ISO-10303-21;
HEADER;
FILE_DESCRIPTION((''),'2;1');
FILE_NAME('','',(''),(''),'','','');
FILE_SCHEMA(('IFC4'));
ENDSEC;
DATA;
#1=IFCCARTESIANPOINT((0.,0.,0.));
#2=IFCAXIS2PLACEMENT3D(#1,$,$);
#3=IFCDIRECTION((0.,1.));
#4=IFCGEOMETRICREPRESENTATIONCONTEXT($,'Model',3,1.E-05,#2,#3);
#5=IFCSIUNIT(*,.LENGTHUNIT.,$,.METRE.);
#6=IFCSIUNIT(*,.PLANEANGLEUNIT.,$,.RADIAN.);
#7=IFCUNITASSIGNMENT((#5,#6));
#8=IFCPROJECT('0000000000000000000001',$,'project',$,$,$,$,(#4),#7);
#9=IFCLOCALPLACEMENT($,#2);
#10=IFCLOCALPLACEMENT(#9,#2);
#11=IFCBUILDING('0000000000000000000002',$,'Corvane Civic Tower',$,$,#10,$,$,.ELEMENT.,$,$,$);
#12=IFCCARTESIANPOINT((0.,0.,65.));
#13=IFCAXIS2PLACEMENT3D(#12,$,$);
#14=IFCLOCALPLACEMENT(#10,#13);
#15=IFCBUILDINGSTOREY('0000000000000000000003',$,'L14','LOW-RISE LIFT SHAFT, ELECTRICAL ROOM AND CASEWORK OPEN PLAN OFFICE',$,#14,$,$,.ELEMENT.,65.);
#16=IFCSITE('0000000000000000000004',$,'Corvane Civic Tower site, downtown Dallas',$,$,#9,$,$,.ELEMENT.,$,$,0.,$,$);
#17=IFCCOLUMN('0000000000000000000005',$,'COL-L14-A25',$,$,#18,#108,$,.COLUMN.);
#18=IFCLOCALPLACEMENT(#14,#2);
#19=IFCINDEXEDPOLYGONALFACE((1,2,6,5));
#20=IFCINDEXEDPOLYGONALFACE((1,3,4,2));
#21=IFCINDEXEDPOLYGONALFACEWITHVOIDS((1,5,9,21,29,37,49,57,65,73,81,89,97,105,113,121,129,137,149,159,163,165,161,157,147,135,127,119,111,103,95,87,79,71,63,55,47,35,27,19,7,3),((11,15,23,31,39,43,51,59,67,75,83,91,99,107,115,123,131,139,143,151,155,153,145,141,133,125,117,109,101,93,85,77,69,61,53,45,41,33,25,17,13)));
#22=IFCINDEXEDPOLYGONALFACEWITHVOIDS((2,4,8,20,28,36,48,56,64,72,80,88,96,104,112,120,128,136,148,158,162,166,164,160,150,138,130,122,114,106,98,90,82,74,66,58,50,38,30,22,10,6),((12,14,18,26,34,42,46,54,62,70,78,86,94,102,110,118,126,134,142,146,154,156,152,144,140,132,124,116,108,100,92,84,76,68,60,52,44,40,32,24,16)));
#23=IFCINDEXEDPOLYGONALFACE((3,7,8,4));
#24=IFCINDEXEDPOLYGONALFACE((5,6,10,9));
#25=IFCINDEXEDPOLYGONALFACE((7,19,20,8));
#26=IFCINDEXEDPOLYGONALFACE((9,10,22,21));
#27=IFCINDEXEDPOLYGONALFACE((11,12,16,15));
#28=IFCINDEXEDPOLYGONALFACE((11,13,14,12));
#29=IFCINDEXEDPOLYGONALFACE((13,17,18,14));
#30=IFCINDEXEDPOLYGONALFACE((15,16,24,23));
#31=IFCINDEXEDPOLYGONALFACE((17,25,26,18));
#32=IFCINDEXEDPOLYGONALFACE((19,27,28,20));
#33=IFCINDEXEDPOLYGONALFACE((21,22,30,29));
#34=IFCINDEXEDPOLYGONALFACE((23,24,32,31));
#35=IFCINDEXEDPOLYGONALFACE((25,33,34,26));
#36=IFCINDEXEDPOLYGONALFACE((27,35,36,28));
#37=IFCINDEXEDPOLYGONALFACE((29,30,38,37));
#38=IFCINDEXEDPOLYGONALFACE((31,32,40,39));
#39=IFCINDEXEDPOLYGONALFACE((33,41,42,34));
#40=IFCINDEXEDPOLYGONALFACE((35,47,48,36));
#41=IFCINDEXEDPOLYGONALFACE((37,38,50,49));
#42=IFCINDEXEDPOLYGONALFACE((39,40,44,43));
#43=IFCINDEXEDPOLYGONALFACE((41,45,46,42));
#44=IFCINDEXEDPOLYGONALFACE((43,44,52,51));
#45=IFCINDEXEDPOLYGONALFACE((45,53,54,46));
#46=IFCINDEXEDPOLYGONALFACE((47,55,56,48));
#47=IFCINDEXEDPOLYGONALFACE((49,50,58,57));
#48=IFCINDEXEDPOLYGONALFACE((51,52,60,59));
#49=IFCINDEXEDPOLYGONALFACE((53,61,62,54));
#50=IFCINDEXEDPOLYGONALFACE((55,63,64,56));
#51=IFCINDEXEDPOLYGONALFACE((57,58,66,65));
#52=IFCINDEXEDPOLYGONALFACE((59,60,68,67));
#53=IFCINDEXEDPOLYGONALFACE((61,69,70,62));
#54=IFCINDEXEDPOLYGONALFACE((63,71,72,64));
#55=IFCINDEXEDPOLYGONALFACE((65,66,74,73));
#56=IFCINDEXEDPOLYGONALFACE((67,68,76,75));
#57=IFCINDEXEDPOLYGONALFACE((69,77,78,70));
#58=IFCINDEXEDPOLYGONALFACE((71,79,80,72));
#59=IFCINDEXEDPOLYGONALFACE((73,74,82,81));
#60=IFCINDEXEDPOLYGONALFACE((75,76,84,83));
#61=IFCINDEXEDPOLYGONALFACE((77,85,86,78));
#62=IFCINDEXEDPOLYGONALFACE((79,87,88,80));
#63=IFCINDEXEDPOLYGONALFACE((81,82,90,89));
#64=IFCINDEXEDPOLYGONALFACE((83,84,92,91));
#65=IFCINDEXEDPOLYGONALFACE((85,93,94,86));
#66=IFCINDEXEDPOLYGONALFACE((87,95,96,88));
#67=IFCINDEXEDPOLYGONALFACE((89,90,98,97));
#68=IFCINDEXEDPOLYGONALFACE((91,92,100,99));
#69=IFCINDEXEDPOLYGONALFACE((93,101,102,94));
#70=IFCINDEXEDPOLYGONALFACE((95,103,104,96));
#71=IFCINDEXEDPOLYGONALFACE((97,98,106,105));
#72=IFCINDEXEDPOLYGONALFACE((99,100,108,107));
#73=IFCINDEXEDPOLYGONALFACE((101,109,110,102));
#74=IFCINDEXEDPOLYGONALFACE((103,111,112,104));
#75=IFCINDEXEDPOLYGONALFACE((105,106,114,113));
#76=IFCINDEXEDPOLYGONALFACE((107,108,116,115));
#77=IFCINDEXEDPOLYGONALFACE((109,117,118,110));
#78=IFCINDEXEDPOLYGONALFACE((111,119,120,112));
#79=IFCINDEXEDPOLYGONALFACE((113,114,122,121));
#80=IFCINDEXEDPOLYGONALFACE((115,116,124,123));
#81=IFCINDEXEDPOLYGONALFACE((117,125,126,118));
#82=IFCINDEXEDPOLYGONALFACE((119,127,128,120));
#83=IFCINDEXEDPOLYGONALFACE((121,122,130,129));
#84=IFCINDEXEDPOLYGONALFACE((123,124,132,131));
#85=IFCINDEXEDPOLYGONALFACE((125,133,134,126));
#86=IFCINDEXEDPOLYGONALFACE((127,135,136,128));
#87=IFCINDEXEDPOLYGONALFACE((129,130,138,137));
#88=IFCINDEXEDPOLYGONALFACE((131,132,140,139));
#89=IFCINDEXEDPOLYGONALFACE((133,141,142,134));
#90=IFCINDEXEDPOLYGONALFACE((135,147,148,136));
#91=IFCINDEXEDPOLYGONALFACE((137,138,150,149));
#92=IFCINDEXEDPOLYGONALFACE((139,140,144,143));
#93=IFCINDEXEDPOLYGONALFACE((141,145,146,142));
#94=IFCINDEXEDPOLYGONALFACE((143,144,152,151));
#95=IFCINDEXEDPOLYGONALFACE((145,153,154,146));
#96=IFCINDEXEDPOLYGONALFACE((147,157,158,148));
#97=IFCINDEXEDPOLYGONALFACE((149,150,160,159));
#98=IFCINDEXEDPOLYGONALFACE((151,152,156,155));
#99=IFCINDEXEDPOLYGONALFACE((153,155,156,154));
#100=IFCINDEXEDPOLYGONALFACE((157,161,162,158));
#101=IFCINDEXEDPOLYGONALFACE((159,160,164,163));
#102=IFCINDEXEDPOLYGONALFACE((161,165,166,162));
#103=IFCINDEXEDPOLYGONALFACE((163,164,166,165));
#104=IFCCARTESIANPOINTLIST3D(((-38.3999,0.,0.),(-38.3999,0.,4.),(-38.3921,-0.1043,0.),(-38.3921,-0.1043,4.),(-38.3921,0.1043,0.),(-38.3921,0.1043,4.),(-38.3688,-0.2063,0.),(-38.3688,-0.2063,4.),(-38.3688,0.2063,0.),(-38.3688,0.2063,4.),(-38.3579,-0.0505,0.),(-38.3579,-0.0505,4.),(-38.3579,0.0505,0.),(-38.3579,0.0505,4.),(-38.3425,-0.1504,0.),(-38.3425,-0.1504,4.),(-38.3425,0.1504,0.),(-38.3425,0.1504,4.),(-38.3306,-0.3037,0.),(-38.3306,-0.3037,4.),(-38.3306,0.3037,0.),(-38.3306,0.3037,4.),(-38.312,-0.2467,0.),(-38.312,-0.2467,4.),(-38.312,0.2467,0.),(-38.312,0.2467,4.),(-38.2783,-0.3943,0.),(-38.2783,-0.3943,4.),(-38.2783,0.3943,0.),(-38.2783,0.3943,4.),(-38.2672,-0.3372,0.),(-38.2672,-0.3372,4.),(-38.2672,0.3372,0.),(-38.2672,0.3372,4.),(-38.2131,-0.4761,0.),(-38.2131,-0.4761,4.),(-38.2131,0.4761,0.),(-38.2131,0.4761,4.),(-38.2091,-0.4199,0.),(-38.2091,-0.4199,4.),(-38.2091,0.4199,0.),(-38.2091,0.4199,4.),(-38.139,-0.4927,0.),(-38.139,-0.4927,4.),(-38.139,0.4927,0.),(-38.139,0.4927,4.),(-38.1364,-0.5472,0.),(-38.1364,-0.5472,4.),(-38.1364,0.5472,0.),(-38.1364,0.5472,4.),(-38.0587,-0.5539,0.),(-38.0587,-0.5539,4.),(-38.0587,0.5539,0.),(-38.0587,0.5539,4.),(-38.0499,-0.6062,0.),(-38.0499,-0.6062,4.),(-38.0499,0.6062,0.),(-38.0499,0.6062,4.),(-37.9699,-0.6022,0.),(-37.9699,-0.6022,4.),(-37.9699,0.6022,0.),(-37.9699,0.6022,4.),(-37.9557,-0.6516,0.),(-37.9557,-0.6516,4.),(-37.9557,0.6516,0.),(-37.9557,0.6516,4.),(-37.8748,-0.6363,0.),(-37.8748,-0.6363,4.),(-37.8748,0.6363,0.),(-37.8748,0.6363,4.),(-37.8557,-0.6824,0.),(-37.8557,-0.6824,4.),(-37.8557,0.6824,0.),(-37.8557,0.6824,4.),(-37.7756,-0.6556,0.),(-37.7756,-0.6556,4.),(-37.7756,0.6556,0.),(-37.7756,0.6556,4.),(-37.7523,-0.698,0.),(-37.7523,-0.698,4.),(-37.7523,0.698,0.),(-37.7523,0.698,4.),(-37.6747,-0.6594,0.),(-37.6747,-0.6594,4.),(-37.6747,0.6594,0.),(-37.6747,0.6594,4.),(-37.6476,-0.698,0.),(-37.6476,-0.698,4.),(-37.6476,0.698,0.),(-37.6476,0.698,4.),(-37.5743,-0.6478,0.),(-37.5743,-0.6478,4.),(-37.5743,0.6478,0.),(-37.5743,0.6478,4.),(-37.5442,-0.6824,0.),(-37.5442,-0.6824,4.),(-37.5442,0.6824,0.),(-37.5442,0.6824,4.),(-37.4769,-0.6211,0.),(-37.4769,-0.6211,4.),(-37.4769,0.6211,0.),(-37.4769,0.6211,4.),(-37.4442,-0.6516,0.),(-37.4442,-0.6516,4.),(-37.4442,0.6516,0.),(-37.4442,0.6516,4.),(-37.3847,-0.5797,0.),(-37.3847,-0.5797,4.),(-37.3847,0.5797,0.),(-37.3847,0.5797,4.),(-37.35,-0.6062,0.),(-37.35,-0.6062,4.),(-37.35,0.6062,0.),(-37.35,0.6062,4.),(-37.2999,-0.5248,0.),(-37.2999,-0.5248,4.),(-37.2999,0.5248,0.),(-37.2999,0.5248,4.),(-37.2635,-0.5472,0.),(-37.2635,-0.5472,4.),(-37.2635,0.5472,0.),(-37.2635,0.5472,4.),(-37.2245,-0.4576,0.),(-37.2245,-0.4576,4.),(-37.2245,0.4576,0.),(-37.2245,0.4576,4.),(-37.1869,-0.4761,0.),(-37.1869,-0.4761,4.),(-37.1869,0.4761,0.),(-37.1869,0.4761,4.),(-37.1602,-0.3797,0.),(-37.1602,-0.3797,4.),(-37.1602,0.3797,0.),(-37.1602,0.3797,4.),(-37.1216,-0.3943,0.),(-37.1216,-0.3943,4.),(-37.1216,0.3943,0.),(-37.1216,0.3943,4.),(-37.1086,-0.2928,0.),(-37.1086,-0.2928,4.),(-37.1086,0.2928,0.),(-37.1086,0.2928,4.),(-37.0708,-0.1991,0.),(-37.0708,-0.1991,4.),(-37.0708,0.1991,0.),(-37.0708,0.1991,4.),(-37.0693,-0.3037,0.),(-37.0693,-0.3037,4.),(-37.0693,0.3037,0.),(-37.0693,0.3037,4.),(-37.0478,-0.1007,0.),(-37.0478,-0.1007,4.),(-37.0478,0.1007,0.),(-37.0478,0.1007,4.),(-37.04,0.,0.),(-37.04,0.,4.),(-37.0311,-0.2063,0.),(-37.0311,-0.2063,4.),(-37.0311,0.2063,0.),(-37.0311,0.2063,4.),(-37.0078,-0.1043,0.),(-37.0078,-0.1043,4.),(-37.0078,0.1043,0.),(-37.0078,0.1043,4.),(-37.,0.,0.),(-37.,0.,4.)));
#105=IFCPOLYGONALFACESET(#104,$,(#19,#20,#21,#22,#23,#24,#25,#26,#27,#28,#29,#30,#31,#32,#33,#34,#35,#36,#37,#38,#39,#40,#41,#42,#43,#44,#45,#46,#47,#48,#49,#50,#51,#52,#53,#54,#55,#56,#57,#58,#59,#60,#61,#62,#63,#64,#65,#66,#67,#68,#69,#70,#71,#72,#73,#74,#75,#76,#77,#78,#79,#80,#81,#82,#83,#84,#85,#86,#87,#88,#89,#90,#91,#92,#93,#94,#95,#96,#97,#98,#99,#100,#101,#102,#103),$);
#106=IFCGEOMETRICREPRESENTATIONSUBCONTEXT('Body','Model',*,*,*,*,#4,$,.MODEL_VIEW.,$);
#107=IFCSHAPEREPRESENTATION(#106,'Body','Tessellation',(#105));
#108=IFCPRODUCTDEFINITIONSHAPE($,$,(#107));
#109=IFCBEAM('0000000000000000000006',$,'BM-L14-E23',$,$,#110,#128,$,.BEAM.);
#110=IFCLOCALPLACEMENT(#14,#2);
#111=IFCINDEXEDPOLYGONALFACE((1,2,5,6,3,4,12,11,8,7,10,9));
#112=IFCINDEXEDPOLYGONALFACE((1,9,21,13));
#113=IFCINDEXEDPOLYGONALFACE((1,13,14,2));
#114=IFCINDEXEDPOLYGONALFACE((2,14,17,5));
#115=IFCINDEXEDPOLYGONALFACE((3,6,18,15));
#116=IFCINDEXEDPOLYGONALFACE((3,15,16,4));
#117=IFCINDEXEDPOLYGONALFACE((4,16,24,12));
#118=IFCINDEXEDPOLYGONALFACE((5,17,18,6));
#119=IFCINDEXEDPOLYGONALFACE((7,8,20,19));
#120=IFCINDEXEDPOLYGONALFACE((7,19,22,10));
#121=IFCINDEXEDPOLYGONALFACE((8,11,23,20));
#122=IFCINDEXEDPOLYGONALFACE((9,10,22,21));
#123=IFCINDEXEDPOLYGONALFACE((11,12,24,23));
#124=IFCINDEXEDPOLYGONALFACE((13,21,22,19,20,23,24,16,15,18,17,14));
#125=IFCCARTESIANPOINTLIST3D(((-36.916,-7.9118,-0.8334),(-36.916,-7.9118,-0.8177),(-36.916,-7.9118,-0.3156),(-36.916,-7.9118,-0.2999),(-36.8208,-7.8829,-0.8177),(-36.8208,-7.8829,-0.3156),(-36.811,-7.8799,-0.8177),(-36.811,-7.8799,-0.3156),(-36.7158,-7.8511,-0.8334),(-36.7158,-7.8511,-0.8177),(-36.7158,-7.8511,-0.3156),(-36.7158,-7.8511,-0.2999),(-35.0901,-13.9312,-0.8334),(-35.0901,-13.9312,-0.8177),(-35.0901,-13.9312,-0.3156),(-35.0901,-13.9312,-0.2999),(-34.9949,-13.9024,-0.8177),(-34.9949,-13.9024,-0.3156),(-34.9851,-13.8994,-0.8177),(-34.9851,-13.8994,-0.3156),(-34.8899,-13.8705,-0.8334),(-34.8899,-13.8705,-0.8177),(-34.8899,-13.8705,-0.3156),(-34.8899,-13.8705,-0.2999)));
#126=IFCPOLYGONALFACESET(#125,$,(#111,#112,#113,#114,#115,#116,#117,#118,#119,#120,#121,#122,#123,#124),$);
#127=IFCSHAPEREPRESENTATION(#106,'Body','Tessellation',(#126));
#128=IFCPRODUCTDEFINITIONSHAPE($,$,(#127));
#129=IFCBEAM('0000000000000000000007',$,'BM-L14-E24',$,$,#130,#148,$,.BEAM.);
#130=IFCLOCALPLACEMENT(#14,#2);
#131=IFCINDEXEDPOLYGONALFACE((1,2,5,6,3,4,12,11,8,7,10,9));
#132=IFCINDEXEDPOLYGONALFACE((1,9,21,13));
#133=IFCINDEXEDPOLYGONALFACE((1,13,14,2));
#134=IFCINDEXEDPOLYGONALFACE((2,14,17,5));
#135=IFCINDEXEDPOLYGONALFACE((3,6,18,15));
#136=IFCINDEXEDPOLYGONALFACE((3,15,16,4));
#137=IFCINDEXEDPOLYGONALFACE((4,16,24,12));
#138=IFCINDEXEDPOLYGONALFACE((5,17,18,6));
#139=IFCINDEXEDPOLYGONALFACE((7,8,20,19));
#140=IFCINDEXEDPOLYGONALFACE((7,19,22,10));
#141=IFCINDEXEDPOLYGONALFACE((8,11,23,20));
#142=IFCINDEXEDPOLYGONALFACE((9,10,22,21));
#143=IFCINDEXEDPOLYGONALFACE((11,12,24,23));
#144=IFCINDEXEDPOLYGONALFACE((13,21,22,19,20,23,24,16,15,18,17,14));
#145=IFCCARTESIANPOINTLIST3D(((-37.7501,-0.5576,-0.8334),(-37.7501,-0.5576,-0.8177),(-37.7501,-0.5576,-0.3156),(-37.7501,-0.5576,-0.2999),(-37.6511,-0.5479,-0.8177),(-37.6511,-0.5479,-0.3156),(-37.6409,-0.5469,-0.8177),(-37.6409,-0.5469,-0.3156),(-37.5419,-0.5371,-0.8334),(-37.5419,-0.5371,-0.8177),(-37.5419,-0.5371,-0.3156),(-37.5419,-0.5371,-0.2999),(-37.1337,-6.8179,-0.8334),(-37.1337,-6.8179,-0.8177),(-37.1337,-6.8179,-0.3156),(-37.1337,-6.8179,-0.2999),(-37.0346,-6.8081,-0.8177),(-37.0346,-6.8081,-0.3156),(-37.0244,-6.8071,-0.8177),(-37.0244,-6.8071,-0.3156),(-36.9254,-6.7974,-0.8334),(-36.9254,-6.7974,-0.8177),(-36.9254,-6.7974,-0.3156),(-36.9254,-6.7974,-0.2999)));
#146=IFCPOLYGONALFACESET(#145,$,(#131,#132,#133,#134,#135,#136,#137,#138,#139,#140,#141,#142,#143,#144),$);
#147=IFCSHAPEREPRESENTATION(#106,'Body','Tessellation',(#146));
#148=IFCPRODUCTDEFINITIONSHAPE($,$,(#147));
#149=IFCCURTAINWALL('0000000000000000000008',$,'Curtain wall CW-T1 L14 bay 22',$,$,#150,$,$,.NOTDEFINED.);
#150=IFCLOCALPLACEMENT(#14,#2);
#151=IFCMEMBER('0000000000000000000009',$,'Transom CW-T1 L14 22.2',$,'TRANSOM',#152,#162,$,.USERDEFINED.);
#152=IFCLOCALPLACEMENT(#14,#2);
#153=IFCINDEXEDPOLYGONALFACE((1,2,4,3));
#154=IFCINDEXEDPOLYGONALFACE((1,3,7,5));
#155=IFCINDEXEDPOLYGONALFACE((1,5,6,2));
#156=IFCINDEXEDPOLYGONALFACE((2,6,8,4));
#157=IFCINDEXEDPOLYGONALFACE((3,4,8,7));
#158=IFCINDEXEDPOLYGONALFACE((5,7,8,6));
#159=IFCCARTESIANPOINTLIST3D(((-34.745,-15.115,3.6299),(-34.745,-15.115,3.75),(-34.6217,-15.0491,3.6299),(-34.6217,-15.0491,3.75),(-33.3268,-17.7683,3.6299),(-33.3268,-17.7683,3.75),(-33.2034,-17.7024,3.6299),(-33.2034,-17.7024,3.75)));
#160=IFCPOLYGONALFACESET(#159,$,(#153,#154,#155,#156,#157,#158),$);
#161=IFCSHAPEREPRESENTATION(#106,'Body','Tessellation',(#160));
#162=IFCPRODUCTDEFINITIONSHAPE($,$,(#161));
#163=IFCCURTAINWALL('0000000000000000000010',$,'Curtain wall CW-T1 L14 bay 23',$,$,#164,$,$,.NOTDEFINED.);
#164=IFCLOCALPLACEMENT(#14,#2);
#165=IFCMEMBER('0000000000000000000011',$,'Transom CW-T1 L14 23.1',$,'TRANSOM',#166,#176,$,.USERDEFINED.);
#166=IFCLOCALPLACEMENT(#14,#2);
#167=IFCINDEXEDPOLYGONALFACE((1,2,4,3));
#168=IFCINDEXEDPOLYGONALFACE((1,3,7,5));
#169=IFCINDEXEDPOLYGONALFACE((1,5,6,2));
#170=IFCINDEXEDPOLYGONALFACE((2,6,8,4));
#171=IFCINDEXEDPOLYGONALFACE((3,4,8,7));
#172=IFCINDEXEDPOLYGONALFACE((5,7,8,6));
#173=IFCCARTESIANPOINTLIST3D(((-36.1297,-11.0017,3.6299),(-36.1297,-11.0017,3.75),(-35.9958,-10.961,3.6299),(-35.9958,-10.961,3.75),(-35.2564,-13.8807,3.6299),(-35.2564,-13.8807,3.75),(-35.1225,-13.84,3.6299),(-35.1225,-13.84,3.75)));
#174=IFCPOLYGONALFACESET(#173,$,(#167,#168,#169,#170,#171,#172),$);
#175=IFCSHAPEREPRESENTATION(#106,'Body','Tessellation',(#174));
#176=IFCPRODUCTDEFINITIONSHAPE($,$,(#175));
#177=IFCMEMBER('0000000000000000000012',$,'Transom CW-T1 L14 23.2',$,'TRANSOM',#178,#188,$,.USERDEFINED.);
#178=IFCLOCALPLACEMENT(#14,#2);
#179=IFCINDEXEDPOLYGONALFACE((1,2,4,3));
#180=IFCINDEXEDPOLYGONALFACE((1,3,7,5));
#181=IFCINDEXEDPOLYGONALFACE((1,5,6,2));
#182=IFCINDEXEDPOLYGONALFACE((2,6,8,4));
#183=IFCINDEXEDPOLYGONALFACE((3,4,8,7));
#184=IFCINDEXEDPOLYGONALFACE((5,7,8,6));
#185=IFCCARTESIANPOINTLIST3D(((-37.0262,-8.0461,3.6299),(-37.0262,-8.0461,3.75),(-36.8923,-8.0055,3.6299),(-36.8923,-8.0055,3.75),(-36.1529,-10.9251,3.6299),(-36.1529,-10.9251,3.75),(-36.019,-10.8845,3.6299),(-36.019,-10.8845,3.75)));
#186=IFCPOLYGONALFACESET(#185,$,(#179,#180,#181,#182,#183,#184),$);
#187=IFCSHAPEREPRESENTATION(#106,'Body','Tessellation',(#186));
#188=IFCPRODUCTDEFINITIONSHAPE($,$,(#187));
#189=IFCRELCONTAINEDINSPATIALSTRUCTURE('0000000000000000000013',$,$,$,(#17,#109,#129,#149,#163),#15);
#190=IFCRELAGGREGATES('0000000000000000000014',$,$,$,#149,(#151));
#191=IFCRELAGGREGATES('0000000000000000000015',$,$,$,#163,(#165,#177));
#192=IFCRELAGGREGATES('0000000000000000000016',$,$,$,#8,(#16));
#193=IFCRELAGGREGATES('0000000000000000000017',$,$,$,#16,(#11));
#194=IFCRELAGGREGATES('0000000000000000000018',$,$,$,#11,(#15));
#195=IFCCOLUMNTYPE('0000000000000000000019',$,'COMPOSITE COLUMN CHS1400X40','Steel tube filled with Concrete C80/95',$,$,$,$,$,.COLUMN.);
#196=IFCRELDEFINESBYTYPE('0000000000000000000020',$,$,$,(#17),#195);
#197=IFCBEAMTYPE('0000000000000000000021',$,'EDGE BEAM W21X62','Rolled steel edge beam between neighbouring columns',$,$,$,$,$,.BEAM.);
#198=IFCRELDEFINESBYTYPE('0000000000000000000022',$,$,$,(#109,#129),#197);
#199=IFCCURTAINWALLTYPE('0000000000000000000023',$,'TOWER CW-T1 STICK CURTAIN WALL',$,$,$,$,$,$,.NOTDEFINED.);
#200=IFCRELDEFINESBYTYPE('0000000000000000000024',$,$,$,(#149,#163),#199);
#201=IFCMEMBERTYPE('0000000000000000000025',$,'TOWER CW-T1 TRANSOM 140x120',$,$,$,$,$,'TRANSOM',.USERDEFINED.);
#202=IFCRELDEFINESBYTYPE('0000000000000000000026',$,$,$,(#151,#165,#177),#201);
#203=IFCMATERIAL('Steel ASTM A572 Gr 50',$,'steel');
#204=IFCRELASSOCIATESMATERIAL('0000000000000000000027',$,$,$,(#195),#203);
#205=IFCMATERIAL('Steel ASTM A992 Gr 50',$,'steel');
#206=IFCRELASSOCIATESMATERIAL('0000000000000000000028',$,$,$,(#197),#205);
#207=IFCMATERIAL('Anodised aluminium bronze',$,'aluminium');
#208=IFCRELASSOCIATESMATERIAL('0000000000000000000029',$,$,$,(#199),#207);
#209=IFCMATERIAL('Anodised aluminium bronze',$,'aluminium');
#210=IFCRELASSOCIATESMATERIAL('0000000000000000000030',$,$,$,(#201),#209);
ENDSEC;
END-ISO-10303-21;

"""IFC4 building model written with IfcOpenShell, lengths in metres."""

from ifc_helpers import new_model, si_unit, direction, frame, origin, origin_2d, place, context, subcontext, project, spatial, rectangle, hollow_circle, i_section, extrude, material, material_profile, profile_set, type_object, element, aggregate, save


model = new_model("IFC4")

# Units and contexts
model_context = context("Model", 3, precision=1e-05, world=origin(), true_north=direction((0.0, 1.0)))
body_context = subcontext(model_context, "Body", "Model", "MODEL_VIEW")
ifc_project = project(units=[si_unit("LENGTHUNIT", "METRE"), si_unit("PLANEANGLEUNIT", "RADIAN")], contexts=[model_context])

# Site, building, storey
site_placement = place(None, origin())
site = spatial("IfcSite", under=ifc_project, at=site_placement, Name="Corvane Civic Tower site, downtown Dallas", CompositionType="ELEMENT", RefElevation=0.0)
building_placement = place(site_placement, origin())
building = spatial("IfcBuilding", under=site, at=building_placement, Name="Corvane Civic Tower", CompositionType="ELEMENT")
storey_placement = place(building_placement, frame((0.0, 0.0, 65.0)))
storey = spatial("IfcBuildingStorey", under=building, at=storey_placement, Name="L14", Description="LOW-RISE LIFT SHAFT, ELECTRICAL ROOM AND CASEWORK OPEN PLAN OFFICE", CompositionType="ELEMENT", Elevation=65.0)

# Column
ifc_material_1 = material(Name="Steel ASTM A572 Gr 50", Category="steel")
ifc_material_profile_1 = material_profile(ifc_material_1, hollow_circle(Radius=0.7, WallThickness=0.04, at=origin_2d()), Name="CHS1400X40")
ifc_profile_set_1 = profile_set([ifc_material_profile_1], Name="Steel ASTM A572 Gr 50")
column_type = type_object("IfcColumnType", Name="COMPOSITE COLUMN CHS1400X40", Description="Steel tube filled with Concrete C80/95", PredefinedType="COLUMN", material=ifc_profile_set_1)
for number, where, z_axis, x_axis, name in (
    (1, (-37.7, 0.0, 0.0), (0.0, 0.0, 1.0), (1.0, 0.0, 0.0), "COL-L14-A25"),
):
    element("IfcColumn", number, at=place(storey_placement, frame(where, z_axis=z_axis, x_axis=x_axis)), inside=storey, type_object=column_type, Name=name, PredefinedType="COLUMN", context=body_context, shape_type="SweptSolid", body=[
        extrude(hollow_circle(Radius=0.7, WallThickness=0.04, at=origin_2d()), origin(), (0.0, 0.0, 1.0), 4.0),
    ])

# Beams
ifc_material_2 = material(Name="Steel ASTM A992 Gr 50", Category="steel")
ifc_material_profile_2 = material_profile(ifc_material_2, i_section(OverallWidth=0.2092, OverallDepth=0.5334, WebThickness=0.0103, FlangeThickness=0.0156, at=origin_2d()), Name="W21X62")
ifc_profile_set_2 = profile_set([ifc_material_profile_2], Name="Steel ASTM A992 Gr 50")
beam_type = type_object("IfcBeamType", Name="EDGE BEAM W21X62", Description="Rolled steel edge beam between neighbouring columns", PredefinedType="BEAM", material=ifc_profile_set_2)
beam_1_placement = place(storey_placement, frame((-34.99, -13.9009, -0.5667), z_axis=(-0.290273, 0.956944, 0.0), x_axis=(-0.956944, -0.290273, 0.0)))
element("IfcBeam", 2, at=beam_1_placement, inside=storey, type_object=beam_type, Name="BM-L14-E23", PredefinedType="BEAM", context=body_context, shape_type="SweptSolid", body=[
    extrude(i_section(OverallWidth=0.2092, OverallDepth=0.5334, WebThickness=0.0103, FlangeThickness=0.0156, at=origin_2d()), origin(), (0.0, 0.0, 1.0), 6.2903),
])
beam_2_placement = place(storey_placement, frame((-37.0295, -6.8076, -0.5667), z_axis=(-0.097997, 0.995187, 0.0), x_axis=(-0.995187, -0.097997, 0.0)))
element("IfcBeam", 3, at=beam_2_placement, inside=storey, type_object=beam_type, Name="BM-L14-E24", PredefinedType="BEAM", context=body_context, shape_type="SweptSolid", body=[
    extrude(i_section(OverallWidth=0.2092, OverallDepth=0.5334, WebThickness=0.0103, FlangeThickness=0.0156, at=origin_2d()), origin(), (0.0, 0.0, 1.0), 6.2905),
])

# Curtain wall, member
ifc_material_3 = material(Name="Anodised aluminium bronze", Category="aluminium")
curtain_wall_type = type_object("IfcCurtainWallType", Name="TOWER CW-T1 STICK CURTAIN WALL", PredefinedType="NOTDEFINED", material=ifc_material_3)
curtain_wall_1_placement = place(storey_placement, origin())
curtain_wall_1 = element("IfcCurtainWall", 4, at=curtain_wall_1_placement, inside=storey, type_object=curtain_wall_type, Name="Curtain wall CW-T1 L14 bay 22", PredefinedType="NOTDEFINED")
ifc_material_4 = material(Name="Anodised aluminium bronze", Category="aluminium")
ifc_material_profile_3 = material_profile(ifc_material_4, rectangle(XDim=0.1399, YDim=0.1201, at=origin_2d()), Name="TOWER CW-T1 TRANSOM 140x120")
ifc_profile_set_3 = profile_set([ifc_material_profile_3], Name="Anodised aluminium bronze")
member_type_1 = type_object("IfcMemberType", Name="TOWER CW-T1 TRANSOM 140x120", ElementType="TRANSOM", PredefinedType="USERDEFINED", material=ifc_profile_set_3)
member_1_placement = place(storey_placement, frame((-33.2651, -17.7354, 3.6899), z_axis=(-0.471393, 0.881924, 0.0), x_axis=(-0.881924, -0.471393, 0.0)))
member_1 = element("IfcMember", 5, at=member_1_placement, type_object=member_type_1, Name="Transom CW-T1 L14 22.2", ObjectType="TRANSOM", PredefinedType="USERDEFINED", context=body_context, shape_type="SweptSolid", body=[
    extrude(rectangle(XDim=0.1399, YDim=0.1201, at=origin_2d()), origin(), (0.0, 0.0, 1.0), 3.0085),
])

# Curtain wall, members
curtain_wall_2_placement = place(storey_placement, origin())
curtain_wall_2 = element("IfcCurtainWall", 6, at=curtain_wall_2_placement, inside=storey, type_object=curtain_wall_type, Name="Curtain wall CW-T1 L14 bay 23", PredefinedType="NOTDEFINED")
member_2_placement = place(storey_placement, frame((-35.1895, -13.8604, 3.6899), z_axis=(-0.29028, 0.956942, 0.0), x_axis=(-0.956942, -0.29028, 0.0)))
member_2 = element("IfcMember", 7, at=member_2_placement, type_object=member_type_1, Name="Transom CW-T1 L14 23.1", ObjectType="TRANSOM", PredefinedType="USERDEFINED", context=body_context, shape_type="SweptSolid", body=[
    extrude(rectangle(XDim=0.1399, YDim=0.1201, at=origin_2d()), origin(), (0.0, 0.0, 1.0), 3.0085),
])
member_3_placement = place(storey_placement, frame((-36.0859, -10.9048, 3.6899), z_axis=(-0.29028, 0.956942, 0.0), x_axis=(-0.956942, -0.29028, 0.0)))
member_3 = element("IfcMember", 8, at=member_3_placement, type_object=member_type_1, Name="Transom CW-T1 L14 23.2", ObjectType="TRANSOM", PredefinedType="USERDEFINED", context=body_context, shape_type="SweptSolid", body=[
    extrude(rectangle(XDim=0.1399, YDim=0.1201, at=origin_2d()), origin(), (0.0, 0.0, 1.0), 3.0085),
])

aggregate(curtain_wall_1, [member_1])
aggregate(curtain_wall_2, [member_2, member_3])

save(model, "model.ifc")
